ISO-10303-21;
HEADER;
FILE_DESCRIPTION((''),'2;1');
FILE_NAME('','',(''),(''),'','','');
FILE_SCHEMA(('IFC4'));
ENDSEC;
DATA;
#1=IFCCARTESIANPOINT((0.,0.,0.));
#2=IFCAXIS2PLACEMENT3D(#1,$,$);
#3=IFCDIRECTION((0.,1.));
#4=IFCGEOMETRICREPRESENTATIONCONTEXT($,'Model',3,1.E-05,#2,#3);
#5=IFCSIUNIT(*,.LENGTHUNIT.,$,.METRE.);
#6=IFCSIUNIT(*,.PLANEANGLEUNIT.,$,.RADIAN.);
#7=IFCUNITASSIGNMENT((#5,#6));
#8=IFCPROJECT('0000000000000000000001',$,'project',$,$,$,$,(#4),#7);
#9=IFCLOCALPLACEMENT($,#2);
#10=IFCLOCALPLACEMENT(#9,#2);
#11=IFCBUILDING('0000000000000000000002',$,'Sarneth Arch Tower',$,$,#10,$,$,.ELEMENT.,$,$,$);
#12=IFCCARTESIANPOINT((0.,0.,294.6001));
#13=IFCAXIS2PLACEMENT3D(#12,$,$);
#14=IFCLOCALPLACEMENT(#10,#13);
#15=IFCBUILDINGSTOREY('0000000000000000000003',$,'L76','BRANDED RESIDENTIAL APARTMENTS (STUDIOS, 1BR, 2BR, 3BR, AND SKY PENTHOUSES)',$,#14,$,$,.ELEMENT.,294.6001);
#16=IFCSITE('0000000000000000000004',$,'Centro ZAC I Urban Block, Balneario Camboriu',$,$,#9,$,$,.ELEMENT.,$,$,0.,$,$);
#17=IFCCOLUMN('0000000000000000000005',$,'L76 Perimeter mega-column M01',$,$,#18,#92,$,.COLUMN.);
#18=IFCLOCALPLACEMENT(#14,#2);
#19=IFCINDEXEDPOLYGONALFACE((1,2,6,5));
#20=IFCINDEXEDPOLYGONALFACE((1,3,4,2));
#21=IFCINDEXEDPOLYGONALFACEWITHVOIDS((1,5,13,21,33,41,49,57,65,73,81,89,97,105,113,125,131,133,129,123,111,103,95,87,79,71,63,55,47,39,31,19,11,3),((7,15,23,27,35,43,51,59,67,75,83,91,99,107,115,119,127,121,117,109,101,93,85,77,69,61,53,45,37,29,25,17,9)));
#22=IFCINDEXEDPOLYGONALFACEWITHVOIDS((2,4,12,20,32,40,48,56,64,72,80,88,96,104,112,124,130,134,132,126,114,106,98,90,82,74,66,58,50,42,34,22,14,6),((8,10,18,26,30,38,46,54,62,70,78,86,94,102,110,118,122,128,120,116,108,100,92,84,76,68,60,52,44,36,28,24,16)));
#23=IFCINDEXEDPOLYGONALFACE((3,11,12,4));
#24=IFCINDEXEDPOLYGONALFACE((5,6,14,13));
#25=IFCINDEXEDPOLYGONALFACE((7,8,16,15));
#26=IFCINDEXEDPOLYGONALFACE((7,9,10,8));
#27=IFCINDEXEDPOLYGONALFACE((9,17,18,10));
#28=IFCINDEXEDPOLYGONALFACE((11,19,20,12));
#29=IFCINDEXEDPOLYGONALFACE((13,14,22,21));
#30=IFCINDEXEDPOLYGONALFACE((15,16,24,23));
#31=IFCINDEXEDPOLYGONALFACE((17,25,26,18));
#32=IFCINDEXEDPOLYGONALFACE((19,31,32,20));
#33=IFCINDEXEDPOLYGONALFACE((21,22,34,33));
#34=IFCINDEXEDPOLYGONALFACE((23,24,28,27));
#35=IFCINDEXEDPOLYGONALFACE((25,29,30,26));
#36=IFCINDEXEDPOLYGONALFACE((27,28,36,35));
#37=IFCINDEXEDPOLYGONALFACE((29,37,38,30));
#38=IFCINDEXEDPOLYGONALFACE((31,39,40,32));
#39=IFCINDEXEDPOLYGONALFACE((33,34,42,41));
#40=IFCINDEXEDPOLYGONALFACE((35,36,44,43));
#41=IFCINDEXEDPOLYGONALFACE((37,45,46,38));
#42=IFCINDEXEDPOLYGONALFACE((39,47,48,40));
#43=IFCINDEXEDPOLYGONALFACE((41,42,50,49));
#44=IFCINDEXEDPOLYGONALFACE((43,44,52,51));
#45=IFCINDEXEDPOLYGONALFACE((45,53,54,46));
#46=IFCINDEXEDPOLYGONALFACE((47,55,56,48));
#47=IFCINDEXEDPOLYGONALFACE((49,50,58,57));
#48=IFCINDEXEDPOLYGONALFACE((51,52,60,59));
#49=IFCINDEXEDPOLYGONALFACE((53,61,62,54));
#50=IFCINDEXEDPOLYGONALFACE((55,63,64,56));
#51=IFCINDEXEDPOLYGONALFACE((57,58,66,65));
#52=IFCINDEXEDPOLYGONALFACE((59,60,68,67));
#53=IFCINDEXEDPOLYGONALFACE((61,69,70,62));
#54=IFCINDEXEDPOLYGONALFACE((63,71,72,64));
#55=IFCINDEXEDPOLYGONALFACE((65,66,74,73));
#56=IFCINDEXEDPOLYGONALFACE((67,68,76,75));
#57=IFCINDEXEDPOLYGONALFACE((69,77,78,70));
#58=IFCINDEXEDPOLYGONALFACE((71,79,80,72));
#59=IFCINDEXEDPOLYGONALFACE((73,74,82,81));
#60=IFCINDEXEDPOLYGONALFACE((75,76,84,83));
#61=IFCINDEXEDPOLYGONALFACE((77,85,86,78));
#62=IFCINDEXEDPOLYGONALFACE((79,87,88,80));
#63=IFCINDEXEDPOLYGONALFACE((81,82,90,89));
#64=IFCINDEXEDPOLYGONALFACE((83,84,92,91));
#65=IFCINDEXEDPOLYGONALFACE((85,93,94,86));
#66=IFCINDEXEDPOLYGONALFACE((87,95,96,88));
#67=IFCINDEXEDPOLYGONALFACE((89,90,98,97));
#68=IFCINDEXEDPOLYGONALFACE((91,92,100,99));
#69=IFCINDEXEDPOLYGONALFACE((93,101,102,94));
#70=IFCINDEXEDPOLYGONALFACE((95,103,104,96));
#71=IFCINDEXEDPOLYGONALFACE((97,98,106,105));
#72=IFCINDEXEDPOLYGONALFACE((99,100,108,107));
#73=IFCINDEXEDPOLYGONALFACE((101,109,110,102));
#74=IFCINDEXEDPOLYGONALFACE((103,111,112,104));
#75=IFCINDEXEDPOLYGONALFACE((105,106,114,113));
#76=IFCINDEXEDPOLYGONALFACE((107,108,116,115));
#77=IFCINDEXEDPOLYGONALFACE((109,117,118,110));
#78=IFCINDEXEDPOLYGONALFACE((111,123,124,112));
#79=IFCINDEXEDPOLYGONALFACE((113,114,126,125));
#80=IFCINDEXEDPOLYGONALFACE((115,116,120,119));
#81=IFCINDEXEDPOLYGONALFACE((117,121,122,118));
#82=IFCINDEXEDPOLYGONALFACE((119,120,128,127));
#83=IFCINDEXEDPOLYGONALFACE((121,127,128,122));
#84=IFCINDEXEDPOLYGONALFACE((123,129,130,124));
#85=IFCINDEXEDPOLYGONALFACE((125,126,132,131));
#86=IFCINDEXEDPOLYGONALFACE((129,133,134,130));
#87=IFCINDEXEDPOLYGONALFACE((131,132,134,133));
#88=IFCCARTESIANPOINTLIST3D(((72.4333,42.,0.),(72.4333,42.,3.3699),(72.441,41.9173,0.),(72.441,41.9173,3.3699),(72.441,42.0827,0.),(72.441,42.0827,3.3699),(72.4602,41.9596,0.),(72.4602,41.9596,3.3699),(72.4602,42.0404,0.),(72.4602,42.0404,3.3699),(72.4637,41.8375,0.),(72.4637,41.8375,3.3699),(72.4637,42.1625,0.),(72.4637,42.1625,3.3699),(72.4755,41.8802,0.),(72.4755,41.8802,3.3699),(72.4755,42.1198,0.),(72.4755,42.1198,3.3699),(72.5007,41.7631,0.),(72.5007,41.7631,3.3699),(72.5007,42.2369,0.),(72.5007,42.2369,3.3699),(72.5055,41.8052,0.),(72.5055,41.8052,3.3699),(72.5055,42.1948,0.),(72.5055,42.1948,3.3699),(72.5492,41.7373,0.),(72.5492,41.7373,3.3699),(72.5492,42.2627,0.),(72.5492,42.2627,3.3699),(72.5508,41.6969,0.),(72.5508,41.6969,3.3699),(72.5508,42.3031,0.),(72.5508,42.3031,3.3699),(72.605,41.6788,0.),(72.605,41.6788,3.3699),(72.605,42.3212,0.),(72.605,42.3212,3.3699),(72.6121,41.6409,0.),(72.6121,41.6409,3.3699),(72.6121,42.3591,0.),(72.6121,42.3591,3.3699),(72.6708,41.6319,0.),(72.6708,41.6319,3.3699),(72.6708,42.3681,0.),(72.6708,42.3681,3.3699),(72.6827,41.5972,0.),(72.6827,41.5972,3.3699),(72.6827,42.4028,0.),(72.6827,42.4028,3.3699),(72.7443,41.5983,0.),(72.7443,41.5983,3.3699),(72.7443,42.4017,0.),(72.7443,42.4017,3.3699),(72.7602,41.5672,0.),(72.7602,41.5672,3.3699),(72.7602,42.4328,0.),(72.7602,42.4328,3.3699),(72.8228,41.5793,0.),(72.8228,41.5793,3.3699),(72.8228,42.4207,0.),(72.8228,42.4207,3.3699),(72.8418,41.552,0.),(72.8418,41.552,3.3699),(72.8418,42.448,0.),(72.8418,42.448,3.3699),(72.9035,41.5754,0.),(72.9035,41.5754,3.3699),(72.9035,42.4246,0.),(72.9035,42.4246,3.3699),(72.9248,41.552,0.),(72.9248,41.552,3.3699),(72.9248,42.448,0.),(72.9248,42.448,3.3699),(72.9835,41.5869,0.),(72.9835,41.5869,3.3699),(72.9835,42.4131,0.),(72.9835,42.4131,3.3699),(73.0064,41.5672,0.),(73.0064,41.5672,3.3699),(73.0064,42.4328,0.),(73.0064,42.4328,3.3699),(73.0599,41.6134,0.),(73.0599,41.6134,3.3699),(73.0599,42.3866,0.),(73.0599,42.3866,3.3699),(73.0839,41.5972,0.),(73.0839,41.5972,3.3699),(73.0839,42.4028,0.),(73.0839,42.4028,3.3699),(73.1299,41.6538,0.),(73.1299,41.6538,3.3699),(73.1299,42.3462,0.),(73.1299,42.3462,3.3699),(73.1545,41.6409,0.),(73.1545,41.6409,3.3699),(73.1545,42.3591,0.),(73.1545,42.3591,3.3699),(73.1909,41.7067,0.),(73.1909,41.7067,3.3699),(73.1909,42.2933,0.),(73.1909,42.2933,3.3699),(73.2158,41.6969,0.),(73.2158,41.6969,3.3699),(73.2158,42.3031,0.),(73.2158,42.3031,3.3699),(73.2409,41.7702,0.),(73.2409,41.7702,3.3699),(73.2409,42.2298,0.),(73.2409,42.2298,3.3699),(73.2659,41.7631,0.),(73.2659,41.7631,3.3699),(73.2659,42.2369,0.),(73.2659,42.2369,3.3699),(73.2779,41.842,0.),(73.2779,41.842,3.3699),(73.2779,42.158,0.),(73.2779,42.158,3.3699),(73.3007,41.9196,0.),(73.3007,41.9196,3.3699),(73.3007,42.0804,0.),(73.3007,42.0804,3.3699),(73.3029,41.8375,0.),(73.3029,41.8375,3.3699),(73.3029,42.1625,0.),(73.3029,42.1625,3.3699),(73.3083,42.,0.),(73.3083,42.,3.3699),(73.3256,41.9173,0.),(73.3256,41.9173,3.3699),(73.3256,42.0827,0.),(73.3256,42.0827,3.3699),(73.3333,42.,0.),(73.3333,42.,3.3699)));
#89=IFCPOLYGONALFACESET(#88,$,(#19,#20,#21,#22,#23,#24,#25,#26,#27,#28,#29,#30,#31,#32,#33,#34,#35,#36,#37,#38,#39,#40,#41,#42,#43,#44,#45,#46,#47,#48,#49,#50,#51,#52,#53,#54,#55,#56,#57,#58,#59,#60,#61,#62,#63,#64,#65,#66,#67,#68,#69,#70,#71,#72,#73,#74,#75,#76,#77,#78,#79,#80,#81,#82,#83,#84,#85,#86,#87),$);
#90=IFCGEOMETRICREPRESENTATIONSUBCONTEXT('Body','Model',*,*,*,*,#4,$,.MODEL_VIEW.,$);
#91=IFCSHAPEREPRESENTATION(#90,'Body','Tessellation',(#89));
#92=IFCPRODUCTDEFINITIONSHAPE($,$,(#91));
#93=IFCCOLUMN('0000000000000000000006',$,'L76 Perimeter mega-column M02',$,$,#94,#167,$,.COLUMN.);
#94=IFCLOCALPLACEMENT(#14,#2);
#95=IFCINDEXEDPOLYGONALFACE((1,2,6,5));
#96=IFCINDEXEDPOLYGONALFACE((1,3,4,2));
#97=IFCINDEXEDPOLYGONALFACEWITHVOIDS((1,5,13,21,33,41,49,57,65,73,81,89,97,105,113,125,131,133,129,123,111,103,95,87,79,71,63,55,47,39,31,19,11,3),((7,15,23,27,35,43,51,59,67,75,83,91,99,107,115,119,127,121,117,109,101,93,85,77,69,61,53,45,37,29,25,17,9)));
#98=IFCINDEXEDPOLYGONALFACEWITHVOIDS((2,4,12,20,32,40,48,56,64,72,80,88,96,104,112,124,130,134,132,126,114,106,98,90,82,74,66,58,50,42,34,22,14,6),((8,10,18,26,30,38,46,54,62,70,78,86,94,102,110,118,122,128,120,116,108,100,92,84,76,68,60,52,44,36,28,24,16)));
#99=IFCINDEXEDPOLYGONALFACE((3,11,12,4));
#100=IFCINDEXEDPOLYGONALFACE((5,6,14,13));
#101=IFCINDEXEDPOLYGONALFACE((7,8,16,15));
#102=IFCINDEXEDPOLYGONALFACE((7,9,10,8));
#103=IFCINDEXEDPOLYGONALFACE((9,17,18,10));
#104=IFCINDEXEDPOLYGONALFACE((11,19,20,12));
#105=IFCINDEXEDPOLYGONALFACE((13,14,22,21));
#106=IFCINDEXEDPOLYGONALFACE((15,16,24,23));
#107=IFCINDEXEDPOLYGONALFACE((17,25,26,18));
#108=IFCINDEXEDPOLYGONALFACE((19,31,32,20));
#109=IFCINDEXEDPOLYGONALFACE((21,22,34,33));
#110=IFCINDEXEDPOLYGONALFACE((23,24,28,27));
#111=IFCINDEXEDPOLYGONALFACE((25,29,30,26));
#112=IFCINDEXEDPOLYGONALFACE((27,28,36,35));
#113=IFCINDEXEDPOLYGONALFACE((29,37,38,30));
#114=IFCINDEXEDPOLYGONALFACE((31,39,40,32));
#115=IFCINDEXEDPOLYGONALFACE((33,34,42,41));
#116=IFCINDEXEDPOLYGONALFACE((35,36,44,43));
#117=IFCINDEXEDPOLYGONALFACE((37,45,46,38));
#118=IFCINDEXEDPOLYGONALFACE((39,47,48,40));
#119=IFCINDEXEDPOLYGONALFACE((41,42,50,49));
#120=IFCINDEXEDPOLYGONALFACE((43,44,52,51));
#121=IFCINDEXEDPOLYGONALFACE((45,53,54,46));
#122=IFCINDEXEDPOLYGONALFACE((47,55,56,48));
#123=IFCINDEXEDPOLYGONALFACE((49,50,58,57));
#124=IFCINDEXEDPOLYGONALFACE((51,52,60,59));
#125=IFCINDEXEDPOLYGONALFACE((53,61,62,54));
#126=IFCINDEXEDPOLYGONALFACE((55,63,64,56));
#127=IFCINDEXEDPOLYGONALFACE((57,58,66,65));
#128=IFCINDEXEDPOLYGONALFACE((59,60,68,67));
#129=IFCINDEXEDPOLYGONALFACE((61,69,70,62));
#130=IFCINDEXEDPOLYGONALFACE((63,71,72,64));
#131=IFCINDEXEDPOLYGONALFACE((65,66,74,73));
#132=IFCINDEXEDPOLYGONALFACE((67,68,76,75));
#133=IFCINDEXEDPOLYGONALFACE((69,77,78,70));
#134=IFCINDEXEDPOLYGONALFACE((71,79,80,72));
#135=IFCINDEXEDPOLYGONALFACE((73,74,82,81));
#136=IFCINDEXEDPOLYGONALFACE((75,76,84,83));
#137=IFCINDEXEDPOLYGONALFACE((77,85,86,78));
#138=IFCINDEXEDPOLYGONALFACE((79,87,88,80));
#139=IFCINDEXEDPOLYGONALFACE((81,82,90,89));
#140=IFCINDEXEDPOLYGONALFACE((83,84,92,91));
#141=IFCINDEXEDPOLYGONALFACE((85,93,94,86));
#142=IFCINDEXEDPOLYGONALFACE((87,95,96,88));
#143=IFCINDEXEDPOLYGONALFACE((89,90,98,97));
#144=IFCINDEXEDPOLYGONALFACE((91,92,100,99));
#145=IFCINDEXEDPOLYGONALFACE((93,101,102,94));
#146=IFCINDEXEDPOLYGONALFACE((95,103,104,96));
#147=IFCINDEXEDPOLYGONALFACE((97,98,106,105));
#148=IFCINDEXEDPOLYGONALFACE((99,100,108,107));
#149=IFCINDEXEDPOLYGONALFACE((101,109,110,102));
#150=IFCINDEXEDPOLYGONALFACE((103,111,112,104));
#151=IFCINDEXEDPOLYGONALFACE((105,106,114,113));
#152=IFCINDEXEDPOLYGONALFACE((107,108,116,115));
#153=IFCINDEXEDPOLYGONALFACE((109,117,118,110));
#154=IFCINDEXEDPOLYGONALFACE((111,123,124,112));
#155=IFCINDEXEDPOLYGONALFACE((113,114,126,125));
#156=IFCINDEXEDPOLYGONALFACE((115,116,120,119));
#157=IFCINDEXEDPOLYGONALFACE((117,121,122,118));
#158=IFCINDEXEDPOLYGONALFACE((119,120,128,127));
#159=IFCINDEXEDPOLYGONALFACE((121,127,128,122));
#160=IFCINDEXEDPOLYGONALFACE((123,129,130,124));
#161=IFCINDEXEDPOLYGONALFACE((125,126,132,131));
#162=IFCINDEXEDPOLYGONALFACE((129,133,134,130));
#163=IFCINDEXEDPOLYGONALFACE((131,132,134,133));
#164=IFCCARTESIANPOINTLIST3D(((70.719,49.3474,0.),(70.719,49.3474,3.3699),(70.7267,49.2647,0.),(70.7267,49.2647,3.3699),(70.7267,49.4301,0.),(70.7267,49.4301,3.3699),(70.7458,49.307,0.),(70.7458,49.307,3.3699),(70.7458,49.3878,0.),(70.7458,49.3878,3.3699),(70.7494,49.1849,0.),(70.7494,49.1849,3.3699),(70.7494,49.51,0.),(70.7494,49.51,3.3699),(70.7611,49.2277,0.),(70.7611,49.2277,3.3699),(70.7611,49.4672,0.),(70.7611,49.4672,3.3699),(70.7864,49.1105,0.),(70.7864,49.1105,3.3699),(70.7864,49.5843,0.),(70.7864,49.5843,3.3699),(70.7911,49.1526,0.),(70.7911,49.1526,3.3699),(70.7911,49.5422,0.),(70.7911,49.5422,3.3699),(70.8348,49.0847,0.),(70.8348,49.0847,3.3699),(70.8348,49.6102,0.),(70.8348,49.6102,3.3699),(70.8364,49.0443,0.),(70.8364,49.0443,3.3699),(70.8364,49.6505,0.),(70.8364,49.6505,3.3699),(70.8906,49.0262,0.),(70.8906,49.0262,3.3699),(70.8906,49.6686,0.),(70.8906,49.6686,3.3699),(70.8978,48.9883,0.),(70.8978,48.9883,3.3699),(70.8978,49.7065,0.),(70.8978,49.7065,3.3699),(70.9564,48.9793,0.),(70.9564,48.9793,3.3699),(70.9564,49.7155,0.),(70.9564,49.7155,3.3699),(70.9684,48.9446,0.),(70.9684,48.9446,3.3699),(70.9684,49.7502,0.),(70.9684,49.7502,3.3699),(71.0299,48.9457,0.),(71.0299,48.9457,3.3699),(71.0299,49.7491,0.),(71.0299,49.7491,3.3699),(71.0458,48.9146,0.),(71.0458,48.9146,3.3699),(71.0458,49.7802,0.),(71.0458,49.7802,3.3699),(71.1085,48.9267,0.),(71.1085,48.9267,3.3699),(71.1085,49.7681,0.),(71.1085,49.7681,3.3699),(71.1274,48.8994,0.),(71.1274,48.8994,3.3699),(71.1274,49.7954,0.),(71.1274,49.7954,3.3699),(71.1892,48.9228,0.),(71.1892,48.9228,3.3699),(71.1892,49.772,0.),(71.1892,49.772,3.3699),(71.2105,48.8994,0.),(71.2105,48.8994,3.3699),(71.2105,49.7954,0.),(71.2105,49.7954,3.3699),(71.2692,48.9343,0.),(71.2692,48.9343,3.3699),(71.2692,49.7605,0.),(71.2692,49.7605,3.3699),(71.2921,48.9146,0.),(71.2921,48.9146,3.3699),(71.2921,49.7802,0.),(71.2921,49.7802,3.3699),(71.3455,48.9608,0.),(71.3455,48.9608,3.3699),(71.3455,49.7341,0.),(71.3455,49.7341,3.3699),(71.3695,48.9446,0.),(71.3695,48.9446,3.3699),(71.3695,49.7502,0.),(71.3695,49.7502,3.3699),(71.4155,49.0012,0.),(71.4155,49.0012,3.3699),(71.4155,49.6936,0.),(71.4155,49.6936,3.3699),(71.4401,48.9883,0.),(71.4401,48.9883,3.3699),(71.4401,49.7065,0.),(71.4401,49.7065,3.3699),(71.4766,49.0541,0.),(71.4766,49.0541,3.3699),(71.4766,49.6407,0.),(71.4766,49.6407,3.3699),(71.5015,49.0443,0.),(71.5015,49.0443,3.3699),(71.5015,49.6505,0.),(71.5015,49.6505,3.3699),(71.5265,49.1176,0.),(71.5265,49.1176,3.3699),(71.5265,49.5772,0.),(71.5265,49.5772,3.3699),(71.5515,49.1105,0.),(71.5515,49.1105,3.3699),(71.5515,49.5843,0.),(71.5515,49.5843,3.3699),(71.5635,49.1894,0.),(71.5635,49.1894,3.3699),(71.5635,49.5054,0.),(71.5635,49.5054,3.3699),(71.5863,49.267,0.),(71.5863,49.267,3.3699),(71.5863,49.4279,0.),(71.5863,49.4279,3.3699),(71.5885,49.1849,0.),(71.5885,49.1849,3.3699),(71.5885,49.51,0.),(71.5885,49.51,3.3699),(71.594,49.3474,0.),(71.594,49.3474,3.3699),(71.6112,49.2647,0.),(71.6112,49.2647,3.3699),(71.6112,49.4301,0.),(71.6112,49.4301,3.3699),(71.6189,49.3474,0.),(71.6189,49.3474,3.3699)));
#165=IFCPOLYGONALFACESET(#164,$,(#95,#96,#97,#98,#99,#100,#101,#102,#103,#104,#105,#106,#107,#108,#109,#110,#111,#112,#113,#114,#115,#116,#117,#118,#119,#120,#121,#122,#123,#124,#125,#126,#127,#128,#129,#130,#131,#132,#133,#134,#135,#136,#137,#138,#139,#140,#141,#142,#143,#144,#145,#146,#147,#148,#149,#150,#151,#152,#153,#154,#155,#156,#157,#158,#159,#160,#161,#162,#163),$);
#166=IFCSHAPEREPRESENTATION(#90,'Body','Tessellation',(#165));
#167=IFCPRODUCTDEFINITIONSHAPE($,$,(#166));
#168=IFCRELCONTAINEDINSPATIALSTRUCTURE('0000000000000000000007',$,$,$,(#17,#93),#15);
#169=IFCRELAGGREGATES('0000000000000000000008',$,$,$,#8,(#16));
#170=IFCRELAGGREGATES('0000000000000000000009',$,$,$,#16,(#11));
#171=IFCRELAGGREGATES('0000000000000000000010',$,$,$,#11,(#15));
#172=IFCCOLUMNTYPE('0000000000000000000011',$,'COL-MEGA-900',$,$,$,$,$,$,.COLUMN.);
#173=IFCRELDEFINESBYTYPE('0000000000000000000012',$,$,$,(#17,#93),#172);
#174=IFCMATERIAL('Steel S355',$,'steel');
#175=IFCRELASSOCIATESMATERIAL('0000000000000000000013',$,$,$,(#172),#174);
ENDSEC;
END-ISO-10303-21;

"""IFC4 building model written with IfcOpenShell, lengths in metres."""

from ifc_helpers import new_model, si_unit, direction, frame, origin, origin_2d, place, context, subcontext, project, spatial, hollow_circle, extrude, material, material_profile, profile_set, type_object, element, save


model = new_model("IFC4")

# Units and contexts
model_context = context("Model", 3, precision=1e-05, world=origin(), true_north=direction((0.0, 1.0)))
body_context = subcontext(model_context, "Body", "Model", "MODEL_VIEW")
ifc_project = project(units=[si_unit("LENGTHUNIT", "METRE"), si_unit("PLANEANGLEUNIT", "RADIAN")], contexts=[model_context])

# Site, building, storey
site_placement = place(None, origin())
site = spatial("IfcSite", under=ifc_project, at=site_placement, Name="Centro ZAC I Urban Block, Balneario Camboriu", CompositionType="ELEMENT", RefElevation=0.0)
building_placement = place(site_placement, origin())
building = spatial("IfcBuilding", under=site, at=building_placement, Name="Sarneth Arch Tower", CompositionType="ELEMENT")
storey_placement = place(building_placement, frame((0.0, 0.0, 294.6001)))
storey = spatial("IfcBuildingStorey", under=building, at=storey_placement, Name="L76", Description="BRANDED RESIDENTIAL APARTMENTS (STUDIOS, 1BR, 2BR, 3BR, AND SKY PENTHOUSES)", CompositionType="ELEMENT", Elevation=294.6001)

# Columns
ifc_material_1 = material(Name="Steel S355", Category="steel")
ifc_material_profile_1 = material_profile(ifc_material_1, hollow_circle(Radius=0.45, WallThickness=0.0249, at=origin_2d()), Name="CHS900x25")
ifc_profile_set_1 = profile_set([ifc_material_profile_1], Name="Steel S355")
column_type = type_object("IfcColumnType", Name="COL-MEGA-900", PredefinedType="COLUMN", material=ifc_profile_set_1)
for number, where, z_axis, x_axis, name in (
    (1, (72.8833, 42.0, 0.0), (0.0, 0.0, 1.0), (1.0, 0.0, 0.0), "L76 Perimeter mega-column M01"),
    (2, (71.1689, 49.3474, 0.0), (0.0, 0.0, 1.0), (1.0, 0.0, 0.0), "L76 Perimeter mega-column M02"),
):
    element("IfcColumn", number, at=place(storey_placement, frame(where, z_axis=z_axis, x_axis=x_axis)), inside=storey, type_object=column_type, Name=name, PredefinedType="COLUMN", context=body_context, shape_type="SweptSolid", body=[
        extrude(hollow_circle(Radius=0.45, WallThickness=0.0249, at=origin_2d()), origin(), (0.0, 0.0, 1.0), 3.3699),
    ])

save(model, "model.ifc")
